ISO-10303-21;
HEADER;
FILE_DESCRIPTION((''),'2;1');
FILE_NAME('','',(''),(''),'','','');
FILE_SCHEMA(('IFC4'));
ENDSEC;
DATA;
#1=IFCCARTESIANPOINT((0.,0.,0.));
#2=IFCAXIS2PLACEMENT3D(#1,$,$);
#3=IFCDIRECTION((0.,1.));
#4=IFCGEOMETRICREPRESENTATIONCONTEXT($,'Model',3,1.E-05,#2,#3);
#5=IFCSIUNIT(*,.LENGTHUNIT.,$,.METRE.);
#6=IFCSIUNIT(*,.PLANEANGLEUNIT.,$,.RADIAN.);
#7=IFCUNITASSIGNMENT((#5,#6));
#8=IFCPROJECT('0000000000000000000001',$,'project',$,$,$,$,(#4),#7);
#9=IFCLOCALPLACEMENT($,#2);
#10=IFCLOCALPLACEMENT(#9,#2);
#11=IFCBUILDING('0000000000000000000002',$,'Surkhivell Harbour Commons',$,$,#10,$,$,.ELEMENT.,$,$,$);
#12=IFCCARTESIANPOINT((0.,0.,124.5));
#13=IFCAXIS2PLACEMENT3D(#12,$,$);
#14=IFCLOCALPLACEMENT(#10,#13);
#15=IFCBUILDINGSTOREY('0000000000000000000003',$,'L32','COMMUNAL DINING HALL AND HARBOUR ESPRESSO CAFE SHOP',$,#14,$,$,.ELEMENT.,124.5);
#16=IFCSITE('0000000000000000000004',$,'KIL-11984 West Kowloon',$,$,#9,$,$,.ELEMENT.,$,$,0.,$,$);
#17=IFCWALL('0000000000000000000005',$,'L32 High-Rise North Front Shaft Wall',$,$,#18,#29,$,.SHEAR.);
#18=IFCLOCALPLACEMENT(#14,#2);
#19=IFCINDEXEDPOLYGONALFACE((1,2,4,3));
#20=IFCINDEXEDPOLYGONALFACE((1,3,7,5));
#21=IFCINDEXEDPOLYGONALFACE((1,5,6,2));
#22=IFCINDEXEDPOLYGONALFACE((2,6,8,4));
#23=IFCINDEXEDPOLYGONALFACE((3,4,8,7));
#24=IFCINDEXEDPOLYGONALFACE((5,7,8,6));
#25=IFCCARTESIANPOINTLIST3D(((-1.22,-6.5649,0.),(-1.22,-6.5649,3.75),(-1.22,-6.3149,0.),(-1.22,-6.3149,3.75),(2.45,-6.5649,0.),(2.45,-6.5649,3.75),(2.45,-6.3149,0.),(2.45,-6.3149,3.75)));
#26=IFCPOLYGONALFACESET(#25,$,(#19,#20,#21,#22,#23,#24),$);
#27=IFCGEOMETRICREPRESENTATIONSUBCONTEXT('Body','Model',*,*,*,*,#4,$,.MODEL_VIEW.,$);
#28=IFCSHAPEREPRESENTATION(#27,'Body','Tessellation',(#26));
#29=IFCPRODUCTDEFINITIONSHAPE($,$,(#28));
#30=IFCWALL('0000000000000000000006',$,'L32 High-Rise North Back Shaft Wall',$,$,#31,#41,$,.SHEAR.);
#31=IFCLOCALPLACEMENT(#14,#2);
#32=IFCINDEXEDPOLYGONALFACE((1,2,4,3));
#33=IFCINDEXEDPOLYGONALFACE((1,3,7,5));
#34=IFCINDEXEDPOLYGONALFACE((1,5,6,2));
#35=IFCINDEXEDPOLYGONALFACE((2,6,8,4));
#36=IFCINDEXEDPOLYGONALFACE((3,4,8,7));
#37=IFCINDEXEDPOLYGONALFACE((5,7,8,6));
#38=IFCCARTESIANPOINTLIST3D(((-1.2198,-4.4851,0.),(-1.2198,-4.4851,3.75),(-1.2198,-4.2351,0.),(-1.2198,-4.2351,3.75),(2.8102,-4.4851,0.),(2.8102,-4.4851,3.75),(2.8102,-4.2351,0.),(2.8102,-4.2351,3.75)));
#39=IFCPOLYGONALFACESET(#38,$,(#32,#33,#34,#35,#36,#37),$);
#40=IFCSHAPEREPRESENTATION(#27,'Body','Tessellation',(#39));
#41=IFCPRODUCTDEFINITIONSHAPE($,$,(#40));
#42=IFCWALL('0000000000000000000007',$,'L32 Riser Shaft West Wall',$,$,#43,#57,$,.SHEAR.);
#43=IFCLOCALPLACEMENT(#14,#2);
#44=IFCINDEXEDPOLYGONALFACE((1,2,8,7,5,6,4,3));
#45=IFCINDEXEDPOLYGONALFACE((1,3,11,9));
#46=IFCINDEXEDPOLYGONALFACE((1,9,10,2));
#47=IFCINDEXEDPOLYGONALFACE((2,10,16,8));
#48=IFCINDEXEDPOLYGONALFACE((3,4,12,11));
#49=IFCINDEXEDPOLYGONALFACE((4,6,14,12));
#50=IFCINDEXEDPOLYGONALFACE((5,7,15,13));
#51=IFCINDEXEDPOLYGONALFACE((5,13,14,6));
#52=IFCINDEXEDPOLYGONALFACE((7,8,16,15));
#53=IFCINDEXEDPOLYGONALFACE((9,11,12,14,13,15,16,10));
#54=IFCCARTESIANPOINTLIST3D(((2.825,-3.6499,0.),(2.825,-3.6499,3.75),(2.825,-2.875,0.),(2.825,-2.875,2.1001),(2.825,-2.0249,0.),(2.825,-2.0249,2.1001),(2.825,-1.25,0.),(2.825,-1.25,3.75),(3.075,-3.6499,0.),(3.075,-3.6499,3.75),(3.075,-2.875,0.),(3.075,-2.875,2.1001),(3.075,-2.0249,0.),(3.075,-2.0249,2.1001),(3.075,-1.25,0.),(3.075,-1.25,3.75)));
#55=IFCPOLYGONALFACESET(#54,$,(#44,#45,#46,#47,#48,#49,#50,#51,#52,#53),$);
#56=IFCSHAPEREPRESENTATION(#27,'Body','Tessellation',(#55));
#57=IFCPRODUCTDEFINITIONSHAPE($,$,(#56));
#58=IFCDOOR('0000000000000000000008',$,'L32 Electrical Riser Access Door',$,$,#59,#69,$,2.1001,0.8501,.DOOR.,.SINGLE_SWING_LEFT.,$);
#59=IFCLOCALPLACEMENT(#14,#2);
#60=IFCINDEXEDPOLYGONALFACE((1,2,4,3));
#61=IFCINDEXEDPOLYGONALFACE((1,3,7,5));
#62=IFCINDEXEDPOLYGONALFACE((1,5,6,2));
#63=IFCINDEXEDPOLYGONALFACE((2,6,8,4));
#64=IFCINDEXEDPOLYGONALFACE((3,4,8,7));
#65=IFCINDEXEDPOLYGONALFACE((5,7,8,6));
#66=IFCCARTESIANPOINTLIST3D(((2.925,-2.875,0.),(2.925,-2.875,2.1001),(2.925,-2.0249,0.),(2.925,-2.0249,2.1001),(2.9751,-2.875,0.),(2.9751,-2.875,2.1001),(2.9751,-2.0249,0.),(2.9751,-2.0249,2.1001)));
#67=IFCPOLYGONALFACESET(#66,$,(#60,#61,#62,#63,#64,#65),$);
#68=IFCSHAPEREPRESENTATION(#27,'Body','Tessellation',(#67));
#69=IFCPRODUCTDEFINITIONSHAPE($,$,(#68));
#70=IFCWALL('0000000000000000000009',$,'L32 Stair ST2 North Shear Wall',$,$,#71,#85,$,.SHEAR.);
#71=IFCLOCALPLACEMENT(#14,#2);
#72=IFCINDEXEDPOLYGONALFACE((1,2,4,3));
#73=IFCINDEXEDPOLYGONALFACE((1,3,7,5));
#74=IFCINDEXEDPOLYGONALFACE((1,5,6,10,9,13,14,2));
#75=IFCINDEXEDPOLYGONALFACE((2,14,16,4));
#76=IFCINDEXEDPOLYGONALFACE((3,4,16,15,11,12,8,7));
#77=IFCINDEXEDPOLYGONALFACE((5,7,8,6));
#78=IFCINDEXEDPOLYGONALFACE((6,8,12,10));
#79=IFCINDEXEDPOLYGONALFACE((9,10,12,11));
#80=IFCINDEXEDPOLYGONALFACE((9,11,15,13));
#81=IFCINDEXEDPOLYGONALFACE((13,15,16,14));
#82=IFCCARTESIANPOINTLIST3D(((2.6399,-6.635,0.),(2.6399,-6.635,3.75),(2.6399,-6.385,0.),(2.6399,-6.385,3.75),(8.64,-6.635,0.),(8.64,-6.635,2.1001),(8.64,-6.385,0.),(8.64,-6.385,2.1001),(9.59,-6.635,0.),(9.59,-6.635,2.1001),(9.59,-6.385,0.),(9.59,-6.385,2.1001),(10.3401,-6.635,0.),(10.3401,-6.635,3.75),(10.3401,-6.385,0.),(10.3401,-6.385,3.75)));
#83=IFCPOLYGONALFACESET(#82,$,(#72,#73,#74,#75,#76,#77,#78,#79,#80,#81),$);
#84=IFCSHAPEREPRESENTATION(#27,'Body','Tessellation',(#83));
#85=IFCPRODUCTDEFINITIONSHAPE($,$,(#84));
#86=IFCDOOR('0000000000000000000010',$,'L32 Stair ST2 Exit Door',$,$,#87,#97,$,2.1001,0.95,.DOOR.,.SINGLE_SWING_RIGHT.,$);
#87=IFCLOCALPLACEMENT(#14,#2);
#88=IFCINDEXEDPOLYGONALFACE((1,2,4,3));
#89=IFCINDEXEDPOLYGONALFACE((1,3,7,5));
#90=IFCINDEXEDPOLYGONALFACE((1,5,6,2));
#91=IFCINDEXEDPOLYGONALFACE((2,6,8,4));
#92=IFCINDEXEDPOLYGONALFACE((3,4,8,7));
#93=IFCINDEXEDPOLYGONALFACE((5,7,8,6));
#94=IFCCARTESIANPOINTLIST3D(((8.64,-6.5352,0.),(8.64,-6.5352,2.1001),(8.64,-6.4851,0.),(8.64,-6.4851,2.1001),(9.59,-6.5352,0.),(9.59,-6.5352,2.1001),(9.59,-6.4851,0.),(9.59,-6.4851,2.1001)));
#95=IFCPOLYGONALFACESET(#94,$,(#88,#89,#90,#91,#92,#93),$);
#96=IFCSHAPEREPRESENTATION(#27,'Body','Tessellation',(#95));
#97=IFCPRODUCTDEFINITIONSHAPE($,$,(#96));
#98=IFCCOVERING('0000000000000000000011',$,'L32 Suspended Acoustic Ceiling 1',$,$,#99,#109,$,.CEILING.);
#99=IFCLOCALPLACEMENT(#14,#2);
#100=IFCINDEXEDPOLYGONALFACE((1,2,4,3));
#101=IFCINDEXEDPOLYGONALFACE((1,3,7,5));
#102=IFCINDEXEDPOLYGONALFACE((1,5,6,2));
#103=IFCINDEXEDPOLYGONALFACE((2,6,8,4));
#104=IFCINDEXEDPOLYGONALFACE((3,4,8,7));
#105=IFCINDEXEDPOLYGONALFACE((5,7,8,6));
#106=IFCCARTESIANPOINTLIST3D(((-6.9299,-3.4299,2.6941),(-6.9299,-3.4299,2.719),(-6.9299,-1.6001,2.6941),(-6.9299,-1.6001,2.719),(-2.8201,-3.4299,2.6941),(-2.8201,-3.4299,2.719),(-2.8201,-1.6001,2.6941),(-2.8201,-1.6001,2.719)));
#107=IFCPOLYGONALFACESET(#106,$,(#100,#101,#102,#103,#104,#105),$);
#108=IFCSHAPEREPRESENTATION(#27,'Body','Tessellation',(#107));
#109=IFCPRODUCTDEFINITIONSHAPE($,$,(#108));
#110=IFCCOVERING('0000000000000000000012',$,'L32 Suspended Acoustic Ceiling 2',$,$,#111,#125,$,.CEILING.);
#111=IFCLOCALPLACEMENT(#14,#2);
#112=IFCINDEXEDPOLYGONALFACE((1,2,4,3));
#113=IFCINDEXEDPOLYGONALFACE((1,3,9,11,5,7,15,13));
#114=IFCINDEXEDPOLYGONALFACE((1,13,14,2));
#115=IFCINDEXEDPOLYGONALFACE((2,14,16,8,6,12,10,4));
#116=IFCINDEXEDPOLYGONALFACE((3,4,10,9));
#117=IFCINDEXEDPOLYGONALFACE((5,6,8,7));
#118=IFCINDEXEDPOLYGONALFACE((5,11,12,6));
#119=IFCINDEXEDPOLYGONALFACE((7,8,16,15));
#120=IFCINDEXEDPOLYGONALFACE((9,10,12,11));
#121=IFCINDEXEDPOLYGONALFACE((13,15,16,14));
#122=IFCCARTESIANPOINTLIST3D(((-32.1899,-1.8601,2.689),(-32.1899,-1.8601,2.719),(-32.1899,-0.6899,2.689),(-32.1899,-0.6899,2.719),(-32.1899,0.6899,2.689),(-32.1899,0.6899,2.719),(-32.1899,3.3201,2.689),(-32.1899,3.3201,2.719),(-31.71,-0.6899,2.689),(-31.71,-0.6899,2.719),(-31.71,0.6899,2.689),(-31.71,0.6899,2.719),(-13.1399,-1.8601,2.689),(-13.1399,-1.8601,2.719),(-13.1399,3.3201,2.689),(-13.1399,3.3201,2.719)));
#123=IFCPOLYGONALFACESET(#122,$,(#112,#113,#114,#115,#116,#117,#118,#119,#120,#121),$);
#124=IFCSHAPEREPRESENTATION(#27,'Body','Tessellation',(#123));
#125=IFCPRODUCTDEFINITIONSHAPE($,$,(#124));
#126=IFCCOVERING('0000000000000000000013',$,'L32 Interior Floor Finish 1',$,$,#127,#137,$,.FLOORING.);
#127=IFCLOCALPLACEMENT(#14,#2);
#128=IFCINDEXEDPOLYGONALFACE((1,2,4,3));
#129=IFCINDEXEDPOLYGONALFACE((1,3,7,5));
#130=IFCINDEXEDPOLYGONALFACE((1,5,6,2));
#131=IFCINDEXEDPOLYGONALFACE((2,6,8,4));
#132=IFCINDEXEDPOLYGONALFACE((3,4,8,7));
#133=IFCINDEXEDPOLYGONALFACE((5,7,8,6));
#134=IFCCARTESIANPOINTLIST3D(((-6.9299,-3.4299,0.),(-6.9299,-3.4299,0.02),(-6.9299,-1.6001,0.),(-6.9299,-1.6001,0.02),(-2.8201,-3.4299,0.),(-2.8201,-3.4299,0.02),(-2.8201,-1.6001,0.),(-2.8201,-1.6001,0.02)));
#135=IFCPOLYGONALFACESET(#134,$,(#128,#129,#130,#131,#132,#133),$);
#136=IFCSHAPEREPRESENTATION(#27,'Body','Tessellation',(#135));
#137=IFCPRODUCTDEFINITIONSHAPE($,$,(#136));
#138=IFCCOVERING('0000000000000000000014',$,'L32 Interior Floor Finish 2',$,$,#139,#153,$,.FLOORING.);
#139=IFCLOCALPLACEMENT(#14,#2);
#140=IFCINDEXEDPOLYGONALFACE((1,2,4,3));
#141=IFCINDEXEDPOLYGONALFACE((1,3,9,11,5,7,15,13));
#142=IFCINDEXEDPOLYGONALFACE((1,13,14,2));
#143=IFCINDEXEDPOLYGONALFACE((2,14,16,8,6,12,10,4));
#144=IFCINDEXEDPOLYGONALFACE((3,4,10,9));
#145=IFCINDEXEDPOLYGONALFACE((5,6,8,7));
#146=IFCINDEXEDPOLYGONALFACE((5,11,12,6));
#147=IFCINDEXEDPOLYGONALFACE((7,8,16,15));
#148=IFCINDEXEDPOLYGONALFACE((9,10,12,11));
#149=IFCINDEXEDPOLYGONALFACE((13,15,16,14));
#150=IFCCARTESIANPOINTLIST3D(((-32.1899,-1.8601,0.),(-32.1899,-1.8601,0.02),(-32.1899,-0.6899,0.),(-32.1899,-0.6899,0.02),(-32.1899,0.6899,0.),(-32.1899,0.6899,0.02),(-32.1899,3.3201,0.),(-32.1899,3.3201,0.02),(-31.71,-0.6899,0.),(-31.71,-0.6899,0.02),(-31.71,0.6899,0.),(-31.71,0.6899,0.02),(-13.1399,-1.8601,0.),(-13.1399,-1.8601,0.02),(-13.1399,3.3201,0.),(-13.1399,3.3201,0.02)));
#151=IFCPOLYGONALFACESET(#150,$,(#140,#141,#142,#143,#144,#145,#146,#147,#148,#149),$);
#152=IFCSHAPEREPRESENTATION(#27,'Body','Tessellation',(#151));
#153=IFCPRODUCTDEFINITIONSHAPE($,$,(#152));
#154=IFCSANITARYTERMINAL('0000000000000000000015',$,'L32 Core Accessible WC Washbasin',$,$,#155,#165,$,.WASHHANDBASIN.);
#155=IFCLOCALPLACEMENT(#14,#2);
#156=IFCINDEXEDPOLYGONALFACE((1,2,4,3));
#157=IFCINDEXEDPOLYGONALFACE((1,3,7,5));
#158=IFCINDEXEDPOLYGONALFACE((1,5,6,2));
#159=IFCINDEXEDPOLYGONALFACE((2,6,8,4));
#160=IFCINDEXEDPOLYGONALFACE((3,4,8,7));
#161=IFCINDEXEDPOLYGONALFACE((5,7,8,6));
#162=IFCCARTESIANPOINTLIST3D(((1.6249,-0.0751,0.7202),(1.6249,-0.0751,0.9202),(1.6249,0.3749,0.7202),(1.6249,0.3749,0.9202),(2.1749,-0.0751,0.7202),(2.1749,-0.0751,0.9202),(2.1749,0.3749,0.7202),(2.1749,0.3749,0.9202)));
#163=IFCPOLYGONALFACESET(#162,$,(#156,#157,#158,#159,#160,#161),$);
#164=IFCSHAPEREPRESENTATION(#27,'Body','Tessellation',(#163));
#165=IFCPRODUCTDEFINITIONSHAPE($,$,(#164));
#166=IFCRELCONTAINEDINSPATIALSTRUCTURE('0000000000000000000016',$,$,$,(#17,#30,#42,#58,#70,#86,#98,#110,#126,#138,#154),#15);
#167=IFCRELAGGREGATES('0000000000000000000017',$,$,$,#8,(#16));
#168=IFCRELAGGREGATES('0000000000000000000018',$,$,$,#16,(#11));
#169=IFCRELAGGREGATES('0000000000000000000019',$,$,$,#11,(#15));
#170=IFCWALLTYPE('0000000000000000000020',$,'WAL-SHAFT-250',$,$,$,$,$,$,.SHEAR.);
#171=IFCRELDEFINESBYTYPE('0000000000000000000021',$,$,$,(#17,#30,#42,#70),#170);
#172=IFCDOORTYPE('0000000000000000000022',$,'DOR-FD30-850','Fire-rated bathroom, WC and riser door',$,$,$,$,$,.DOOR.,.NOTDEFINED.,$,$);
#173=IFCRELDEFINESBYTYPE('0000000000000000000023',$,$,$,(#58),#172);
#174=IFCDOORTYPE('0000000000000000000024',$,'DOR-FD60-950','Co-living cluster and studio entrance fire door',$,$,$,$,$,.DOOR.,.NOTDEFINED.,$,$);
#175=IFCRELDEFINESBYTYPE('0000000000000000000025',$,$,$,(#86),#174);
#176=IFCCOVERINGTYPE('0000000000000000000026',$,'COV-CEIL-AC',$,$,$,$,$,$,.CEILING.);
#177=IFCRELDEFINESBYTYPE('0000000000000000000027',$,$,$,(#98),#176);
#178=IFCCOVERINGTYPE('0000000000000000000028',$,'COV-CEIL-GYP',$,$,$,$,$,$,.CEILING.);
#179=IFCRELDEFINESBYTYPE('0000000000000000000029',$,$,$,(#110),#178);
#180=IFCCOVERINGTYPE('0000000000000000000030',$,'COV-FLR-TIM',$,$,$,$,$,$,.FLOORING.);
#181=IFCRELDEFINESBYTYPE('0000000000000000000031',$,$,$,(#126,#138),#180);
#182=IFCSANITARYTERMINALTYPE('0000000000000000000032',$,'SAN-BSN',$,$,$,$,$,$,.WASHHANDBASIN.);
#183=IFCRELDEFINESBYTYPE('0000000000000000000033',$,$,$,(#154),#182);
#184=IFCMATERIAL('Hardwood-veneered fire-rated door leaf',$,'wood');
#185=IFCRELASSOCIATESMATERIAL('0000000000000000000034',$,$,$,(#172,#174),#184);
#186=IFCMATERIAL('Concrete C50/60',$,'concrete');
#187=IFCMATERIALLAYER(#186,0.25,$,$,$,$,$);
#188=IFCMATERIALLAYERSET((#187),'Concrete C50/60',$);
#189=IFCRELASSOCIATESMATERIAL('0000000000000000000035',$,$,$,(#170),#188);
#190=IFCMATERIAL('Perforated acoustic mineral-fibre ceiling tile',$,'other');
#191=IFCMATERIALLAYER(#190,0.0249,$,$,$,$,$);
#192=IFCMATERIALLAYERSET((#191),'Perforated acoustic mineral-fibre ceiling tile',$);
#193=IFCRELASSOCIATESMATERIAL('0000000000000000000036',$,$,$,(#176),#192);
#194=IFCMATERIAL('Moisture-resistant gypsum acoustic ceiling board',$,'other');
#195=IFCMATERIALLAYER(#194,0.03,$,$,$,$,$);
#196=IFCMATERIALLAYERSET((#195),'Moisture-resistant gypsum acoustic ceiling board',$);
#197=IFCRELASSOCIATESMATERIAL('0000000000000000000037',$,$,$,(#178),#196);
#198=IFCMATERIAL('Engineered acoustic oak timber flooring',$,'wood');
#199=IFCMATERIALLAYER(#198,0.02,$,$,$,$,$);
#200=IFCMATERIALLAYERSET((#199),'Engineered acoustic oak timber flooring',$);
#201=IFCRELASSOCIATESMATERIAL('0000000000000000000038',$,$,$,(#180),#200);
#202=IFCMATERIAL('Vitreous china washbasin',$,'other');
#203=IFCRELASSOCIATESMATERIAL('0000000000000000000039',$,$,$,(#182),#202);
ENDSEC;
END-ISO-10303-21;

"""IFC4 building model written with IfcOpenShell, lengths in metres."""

from ifc_helpers import new_model, si_unit, direction, frame, frame_2d, origin, origin_2d, place, context, subcontext, project, spatial, polyline, rectangle, outline, extrude, material, layer, layer_set, type_object, element, fill, save


model = new_model("IFC4")

# Units and contexts
model_context = context("Model", 3, precision=1e-05, world=origin(), true_north=direction((0.0, 1.0)))
body_context = subcontext(model_context, "Body", "Model", "MODEL_VIEW")
ifc_project = project(units=[si_unit("LENGTHUNIT", "METRE"), si_unit("PLANEANGLEUNIT", "RADIAN")], contexts=[model_context])

# Site, building, storey
site_placement = place(None, origin())
site = spatial("IfcSite", under=ifc_project, at=site_placement, Name="KIL-11984 West Kowloon", CompositionType="ELEMENT", RefElevation=0.0)
building_placement = place(site_placement, origin())
building = spatial("IfcBuilding", under=site, at=building_placement, Name="Surkhivell Harbour Commons", CompositionType="ELEMENT")
storey_placement = place(building_placement, frame((0.0, 0.0, 124.5)))
storey = spatial("IfcBuildingStorey", under=building, at=storey_placement, Name="L32", Description="COMMUNAL DINING HALL AND HARBOUR ESPRESSO CAFE SHOP", CompositionType="ELEMENT", Elevation=124.5)

# Shared definitions
ifc_material_1 = material(Name="Hardwood-veneered fire-rated door leaf", Category="wood")
door_type_1 = type_object("IfcDoorType", Name="DOR-FD30-850", Description="Fire-rated bathroom, WC and riser door", OperationType="NOTDEFINED", PredefinedType="DOOR", material=ifc_material_1)

# Walls
ifc_material_2 = material(Name="Concrete C50/60", Category="concrete")
ifc_layer_1 = layer(ifc_material_2, 0.25)
ifc_layer_set_1 = layer_set([ifc_layer_1], Name="Concrete C50/60")
wall_type_1 = type_object("IfcWallType", Name="WAL-SHAFT-250", PredefinedType="SHEAR", material=ifc_layer_set_1)
wall_1_placement = place(storey_placement, frame((-1.22, -6.4399, 0.0), z_axis=(0.0, 0.0, 1.0), x_axis=(1.0, 0.0, 0.0)))
element("IfcWall", 1, at=wall_1_placement, inside=storey, type_object=wall_type_1, Name="L32 High-Rise North Front Shaft Wall", PredefinedType="SHEAR", context=body_context, shape_type="SweptSolid", body=[
    extrude(rectangle(XDim=3.6699, YDim=0.25, at=frame_2d((1.835, 0.0))), origin(), (0.0, 0.0, 1.0), 3.75),
])
wall_2_placement = place(storey_placement, frame((-1.22, -4.3601, 0.0), z_axis=(0.0, 0.0, 1.0), x_axis=(1.0, 0.0, 0.0)))
element("IfcWall", 2, at=wall_2_placement, inside=storey, type_object=wall_type_1, Name="L32 High-Rise North Back Shaft Wall", PredefinedType="SHEAR", context=body_context, shape_type="SweptSolid", body=[
    extrude(rectangle(XDim=4.03, YDim=0.25, at=frame_2d((2.0151, 0.0))), origin(), (0.0, 0.0, 1.0), 3.75),
])

# Walls, openings, doors
wall_3_placement = place(storey_placement, frame((2.95, -3.6499, 0.0), z_axis=(0.0, 0.0, 1.0), x_axis=(0.0, 1.0, 0.0)))
wall_3 = element("IfcWall", 3, at=wall_3_placement, inside=storey, type_object=wall_type_1, Name="L32 Riser Shaft West Wall", PredefinedType="SHEAR", context=body_context, shape_type="SweptSolid", body=[
    extrude(rectangle(XDim=2.3999, YDim=0.25, at=frame_2d((1.2, 0.0))), origin(), (0.0, 0.0, 1.0), 3.75),
])
opening_1_placement = place(wall_3_placement, frame((0.7749, 0.0, 0.0)))
opening_1 = element("IfcOpeningElement", 4, at=opening_1_placement, cuts=wall_3, PredefinedType="OPENING", context=body_context, shape_type="SweptSolid", body=[
    extrude(rectangle(XDim=0.8501, YDim=2.1001, at=frame_2d((0.425, 1.05))), frame((0.0, 0.135, 0.0), z_axis=(0.0, -1.0, 0.0), x_axis=(1.0, 0.0, 0.0)), (0.0, 0.0, 1.0), 0.27),
])
door_1_placement = place(opening_1_placement, origin())
door_1 = element("IfcDoor", 5, at=door_1_placement, inside=storey, type_object=door_type_1, Name="L32 Electrical Riser Access Door", OperationType="SINGLE_SWING_LEFT", OverallHeight=2.1001, OverallWidth=0.8501, PredefinedType="DOOR", context=body_context, shape_type="SweptSolid", body=[
    extrude(rectangle(XDim=0.8501, YDim=2.1001, at=frame_2d((0.425, 1.05))), frame((0.0, 0.0249, 0.0), z_axis=(0.0, -1.0, 0.0), x_axis=(1.0, 0.0, 0.0)), (0.0, 0.0, 1.0), 0.05),
])
fill(opening_1, door_1)
wall_4_placement = place(storey_placement, frame((2.6399, -6.51, 0.0), z_axis=(0.0, 0.0, 1.0), x_axis=(1.0, 0.0, 0.0)))
wall_4 = element("IfcWall", 6, at=wall_4_placement, inside=storey, type_object=wall_type_1, Name="L32 Stair ST2 North Shear Wall", PredefinedType="SHEAR", context=body_context, shape_type="SweptSolid", body=[
    extrude(rectangle(XDim=7.7002, YDim=0.25, at=frame_2d((3.8501, 0.0))), origin(), (0.0, 0.0, 1.0), 3.75),
])
opening_2_placement = place(wall_4_placement, frame((6.0, 0.0, 0.0)))
opening_2 = element("IfcOpeningElement", 7, at=opening_2_placement, cuts=wall_4, PredefinedType="OPENING", context=body_context, shape_type="SweptSolid", body=[
    extrude(rectangle(XDim=0.95, YDim=2.1001, at=frame_2d((0.4751, 1.05))), frame((0.0, 0.135, 0.0), z_axis=(0.0, -1.0, 0.0), x_axis=(1.0, 0.0, 0.0)), (0.0, 0.0, 1.0), 0.27),
])
door_type_2 = type_object("IfcDoorType", Name="DOR-FD60-950", Description="Co-living cluster and studio entrance fire door", OperationType="NOTDEFINED", PredefinedType="DOOR", material=ifc_material_1)
door_2_placement = place(opening_2_placement, origin())
door_2 = element("IfcDoor", 8, at=door_2_placement, inside=storey, type_object=door_type_2, Name="L32 Stair ST2 Exit Door", OperationType="SINGLE_SWING_RIGHT", OverallHeight=2.1001, OverallWidth=0.95, PredefinedType="DOOR", context=body_context, shape_type="SweptSolid", body=[
    extrude(rectangle(XDim=0.95, YDim=2.1001, at=frame_2d((0.4751, 1.05))), frame((0.0, 0.0249, 0.0), z_axis=(0.0, -1.0, 0.0), x_axis=(1.0, 0.0, 0.0)), (0.0, 0.0, 1.0), 0.05),
])
fill(opening_2, door_2)

# Coverings
ifc_material_3 = material(Name="Perforated acoustic mineral-fibre ceiling tile", Category="other")
ifc_layer_2 = layer(ifc_material_3, 0.0249)
ifc_layer_set_2 = layer_set([ifc_layer_2], Name="Perforated acoustic mineral-fibre ceiling tile")
covering_type_1 = type_object("IfcCoveringType", Name="COV-CEIL-AC", PredefinedType="CEILING", material=ifc_layer_set_2)
covering_1_placement = place(storey_placement, frame((0.0, 0.0, 2.6941)))
element("IfcCovering", 9, at=covering_1_placement, inside=storey, type_object=covering_type_1, Name="L32 Suspended Acoustic Ceiling 1", PredefinedType="CEILING", context=body_context, shape_type="SweptSolid", body=[
    extrude(outline(polyline([(-6.9299, -3.4299), (-2.8201, -3.4299), (-2.8201, -1.6001), (-6.9299, -1.6001), (-6.9299, -3.4299)])), origin(), (0.0, 0.0, 1.0), 0.0249),
])
ifc_material_4 = material(Name="Moisture-resistant gypsum acoustic ceiling board", Category="other")
ifc_layer_3 = layer(ifc_material_4, 0.03)
ifc_layer_set_3 = layer_set([ifc_layer_3], Name="Moisture-resistant gypsum acoustic ceiling board")
covering_type_2 = type_object("IfcCoveringType", Name="COV-CEIL-GYP", PredefinedType="CEILING", material=ifc_layer_set_3)
covering_2_placement = place(storey_placement, frame((0.0, 0.0, 2.689)))
element("IfcCovering", 10, at=covering_2_placement, inside=storey, type_object=covering_type_2, Name="L32 Suspended Acoustic Ceiling 2", PredefinedType="CEILING", context=body_context, shape_type="SweptSolid", body=[
    extrude(outline(polyline([(-13.1399, -1.8601), (-13.1399, 3.3201), (-32.1899, 3.3201), (-32.1899, 0.6899), (-31.71, 0.6899), (-31.71, -0.6899), (-32.1899, -0.6899), (-32.1899, -1.8601), (-13.1399, -1.8601)])), origin(), (0.0, 0.0, 1.0), 0.03),
])
ifc_material_5 = material(Name="Engineered acoustic oak timber flooring", Category="wood")
ifc_layer_4 = layer(ifc_material_5, 0.02)
ifc_layer_set_4 = layer_set([ifc_layer_4], Name="Engineered acoustic oak timber flooring")
covering_type_3 = type_object("IfcCoveringType", Name="COV-FLR-TIM", PredefinedType="FLOORING", material=ifc_layer_set_4)
covering_3_placement = place(storey_placement, origin())
element("IfcCovering", 11, at=covering_3_placement, inside=storey, type_object=covering_type_3, Name="L32 Interior Floor Finish 1", PredefinedType="FLOORING", context=body_context, shape_type="SweptSolid", body=[
    extrude(outline(polyline([(-6.9299, -3.4299), (-2.8201, -3.4299), (-2.8201, -1.6001), (-6.9299, -1.6001), (-6.9299, -3.4299)])), origin(), (0.0, 0.0, 1.0), 0.02),
])
covering_4_placement = place(storey_placement, origin())
element("IfcCovering", 12, at=covering_4_placement, inside=storey, type_object=covering_type_3, Name="L32 Interior Floor Finish 2", PredefinedType="FLOORING", context=body_context, shape_type="SweptSolid", body=[
    extrude(outline(polyline([(-13.1399, -1.8601), (-13.1399, 3.3201), (-32.1899, 3.3201), (-32.1899, 0.6899), (-31.71, 0.6899), (-31.71, -0.6899), (-32.1899, -0.6899), (-32.1899, -1.8601), (-13.1399, -1.8601)])), origin(), (0.0, 0.0, 1.0), 0.02),
])

# Sanitary terminal
ifc_material_6 = material(Name="Vitreous china washbasin", Category="other")
sanitary_terminal_type_1 = type_object("IfcSanitaryTerminalType", Name="SAN-BSN", PredefinedType="WASHHANDBASIN", material=ifc_material_6)
sanitary_terminal_1_placement = place(storey_placement, frame((1.8999, 0.1499, 0.7202), z_axis=(0.0, 0.0, 1.0), x_axis=(1.0, 0.0, 0.0)))
element("IfcSanitaryTerminal", 13, at=sanitary_terminal_1_placement, inside=storey, type_object=sanitary_terminal_type_1, Name="L32 Core Accessible WC Washbasin", PredefinedType="WASHHANDBASIN", context=body_context, shape_type="SweptSolid", body=[
    extrude(rectangle(XDim=0.55, YDim=0.45, at=origin_2d()), origin(), (0.0, 0.0, 1.0), 0.2),
])

save(model, "model.ifc")
